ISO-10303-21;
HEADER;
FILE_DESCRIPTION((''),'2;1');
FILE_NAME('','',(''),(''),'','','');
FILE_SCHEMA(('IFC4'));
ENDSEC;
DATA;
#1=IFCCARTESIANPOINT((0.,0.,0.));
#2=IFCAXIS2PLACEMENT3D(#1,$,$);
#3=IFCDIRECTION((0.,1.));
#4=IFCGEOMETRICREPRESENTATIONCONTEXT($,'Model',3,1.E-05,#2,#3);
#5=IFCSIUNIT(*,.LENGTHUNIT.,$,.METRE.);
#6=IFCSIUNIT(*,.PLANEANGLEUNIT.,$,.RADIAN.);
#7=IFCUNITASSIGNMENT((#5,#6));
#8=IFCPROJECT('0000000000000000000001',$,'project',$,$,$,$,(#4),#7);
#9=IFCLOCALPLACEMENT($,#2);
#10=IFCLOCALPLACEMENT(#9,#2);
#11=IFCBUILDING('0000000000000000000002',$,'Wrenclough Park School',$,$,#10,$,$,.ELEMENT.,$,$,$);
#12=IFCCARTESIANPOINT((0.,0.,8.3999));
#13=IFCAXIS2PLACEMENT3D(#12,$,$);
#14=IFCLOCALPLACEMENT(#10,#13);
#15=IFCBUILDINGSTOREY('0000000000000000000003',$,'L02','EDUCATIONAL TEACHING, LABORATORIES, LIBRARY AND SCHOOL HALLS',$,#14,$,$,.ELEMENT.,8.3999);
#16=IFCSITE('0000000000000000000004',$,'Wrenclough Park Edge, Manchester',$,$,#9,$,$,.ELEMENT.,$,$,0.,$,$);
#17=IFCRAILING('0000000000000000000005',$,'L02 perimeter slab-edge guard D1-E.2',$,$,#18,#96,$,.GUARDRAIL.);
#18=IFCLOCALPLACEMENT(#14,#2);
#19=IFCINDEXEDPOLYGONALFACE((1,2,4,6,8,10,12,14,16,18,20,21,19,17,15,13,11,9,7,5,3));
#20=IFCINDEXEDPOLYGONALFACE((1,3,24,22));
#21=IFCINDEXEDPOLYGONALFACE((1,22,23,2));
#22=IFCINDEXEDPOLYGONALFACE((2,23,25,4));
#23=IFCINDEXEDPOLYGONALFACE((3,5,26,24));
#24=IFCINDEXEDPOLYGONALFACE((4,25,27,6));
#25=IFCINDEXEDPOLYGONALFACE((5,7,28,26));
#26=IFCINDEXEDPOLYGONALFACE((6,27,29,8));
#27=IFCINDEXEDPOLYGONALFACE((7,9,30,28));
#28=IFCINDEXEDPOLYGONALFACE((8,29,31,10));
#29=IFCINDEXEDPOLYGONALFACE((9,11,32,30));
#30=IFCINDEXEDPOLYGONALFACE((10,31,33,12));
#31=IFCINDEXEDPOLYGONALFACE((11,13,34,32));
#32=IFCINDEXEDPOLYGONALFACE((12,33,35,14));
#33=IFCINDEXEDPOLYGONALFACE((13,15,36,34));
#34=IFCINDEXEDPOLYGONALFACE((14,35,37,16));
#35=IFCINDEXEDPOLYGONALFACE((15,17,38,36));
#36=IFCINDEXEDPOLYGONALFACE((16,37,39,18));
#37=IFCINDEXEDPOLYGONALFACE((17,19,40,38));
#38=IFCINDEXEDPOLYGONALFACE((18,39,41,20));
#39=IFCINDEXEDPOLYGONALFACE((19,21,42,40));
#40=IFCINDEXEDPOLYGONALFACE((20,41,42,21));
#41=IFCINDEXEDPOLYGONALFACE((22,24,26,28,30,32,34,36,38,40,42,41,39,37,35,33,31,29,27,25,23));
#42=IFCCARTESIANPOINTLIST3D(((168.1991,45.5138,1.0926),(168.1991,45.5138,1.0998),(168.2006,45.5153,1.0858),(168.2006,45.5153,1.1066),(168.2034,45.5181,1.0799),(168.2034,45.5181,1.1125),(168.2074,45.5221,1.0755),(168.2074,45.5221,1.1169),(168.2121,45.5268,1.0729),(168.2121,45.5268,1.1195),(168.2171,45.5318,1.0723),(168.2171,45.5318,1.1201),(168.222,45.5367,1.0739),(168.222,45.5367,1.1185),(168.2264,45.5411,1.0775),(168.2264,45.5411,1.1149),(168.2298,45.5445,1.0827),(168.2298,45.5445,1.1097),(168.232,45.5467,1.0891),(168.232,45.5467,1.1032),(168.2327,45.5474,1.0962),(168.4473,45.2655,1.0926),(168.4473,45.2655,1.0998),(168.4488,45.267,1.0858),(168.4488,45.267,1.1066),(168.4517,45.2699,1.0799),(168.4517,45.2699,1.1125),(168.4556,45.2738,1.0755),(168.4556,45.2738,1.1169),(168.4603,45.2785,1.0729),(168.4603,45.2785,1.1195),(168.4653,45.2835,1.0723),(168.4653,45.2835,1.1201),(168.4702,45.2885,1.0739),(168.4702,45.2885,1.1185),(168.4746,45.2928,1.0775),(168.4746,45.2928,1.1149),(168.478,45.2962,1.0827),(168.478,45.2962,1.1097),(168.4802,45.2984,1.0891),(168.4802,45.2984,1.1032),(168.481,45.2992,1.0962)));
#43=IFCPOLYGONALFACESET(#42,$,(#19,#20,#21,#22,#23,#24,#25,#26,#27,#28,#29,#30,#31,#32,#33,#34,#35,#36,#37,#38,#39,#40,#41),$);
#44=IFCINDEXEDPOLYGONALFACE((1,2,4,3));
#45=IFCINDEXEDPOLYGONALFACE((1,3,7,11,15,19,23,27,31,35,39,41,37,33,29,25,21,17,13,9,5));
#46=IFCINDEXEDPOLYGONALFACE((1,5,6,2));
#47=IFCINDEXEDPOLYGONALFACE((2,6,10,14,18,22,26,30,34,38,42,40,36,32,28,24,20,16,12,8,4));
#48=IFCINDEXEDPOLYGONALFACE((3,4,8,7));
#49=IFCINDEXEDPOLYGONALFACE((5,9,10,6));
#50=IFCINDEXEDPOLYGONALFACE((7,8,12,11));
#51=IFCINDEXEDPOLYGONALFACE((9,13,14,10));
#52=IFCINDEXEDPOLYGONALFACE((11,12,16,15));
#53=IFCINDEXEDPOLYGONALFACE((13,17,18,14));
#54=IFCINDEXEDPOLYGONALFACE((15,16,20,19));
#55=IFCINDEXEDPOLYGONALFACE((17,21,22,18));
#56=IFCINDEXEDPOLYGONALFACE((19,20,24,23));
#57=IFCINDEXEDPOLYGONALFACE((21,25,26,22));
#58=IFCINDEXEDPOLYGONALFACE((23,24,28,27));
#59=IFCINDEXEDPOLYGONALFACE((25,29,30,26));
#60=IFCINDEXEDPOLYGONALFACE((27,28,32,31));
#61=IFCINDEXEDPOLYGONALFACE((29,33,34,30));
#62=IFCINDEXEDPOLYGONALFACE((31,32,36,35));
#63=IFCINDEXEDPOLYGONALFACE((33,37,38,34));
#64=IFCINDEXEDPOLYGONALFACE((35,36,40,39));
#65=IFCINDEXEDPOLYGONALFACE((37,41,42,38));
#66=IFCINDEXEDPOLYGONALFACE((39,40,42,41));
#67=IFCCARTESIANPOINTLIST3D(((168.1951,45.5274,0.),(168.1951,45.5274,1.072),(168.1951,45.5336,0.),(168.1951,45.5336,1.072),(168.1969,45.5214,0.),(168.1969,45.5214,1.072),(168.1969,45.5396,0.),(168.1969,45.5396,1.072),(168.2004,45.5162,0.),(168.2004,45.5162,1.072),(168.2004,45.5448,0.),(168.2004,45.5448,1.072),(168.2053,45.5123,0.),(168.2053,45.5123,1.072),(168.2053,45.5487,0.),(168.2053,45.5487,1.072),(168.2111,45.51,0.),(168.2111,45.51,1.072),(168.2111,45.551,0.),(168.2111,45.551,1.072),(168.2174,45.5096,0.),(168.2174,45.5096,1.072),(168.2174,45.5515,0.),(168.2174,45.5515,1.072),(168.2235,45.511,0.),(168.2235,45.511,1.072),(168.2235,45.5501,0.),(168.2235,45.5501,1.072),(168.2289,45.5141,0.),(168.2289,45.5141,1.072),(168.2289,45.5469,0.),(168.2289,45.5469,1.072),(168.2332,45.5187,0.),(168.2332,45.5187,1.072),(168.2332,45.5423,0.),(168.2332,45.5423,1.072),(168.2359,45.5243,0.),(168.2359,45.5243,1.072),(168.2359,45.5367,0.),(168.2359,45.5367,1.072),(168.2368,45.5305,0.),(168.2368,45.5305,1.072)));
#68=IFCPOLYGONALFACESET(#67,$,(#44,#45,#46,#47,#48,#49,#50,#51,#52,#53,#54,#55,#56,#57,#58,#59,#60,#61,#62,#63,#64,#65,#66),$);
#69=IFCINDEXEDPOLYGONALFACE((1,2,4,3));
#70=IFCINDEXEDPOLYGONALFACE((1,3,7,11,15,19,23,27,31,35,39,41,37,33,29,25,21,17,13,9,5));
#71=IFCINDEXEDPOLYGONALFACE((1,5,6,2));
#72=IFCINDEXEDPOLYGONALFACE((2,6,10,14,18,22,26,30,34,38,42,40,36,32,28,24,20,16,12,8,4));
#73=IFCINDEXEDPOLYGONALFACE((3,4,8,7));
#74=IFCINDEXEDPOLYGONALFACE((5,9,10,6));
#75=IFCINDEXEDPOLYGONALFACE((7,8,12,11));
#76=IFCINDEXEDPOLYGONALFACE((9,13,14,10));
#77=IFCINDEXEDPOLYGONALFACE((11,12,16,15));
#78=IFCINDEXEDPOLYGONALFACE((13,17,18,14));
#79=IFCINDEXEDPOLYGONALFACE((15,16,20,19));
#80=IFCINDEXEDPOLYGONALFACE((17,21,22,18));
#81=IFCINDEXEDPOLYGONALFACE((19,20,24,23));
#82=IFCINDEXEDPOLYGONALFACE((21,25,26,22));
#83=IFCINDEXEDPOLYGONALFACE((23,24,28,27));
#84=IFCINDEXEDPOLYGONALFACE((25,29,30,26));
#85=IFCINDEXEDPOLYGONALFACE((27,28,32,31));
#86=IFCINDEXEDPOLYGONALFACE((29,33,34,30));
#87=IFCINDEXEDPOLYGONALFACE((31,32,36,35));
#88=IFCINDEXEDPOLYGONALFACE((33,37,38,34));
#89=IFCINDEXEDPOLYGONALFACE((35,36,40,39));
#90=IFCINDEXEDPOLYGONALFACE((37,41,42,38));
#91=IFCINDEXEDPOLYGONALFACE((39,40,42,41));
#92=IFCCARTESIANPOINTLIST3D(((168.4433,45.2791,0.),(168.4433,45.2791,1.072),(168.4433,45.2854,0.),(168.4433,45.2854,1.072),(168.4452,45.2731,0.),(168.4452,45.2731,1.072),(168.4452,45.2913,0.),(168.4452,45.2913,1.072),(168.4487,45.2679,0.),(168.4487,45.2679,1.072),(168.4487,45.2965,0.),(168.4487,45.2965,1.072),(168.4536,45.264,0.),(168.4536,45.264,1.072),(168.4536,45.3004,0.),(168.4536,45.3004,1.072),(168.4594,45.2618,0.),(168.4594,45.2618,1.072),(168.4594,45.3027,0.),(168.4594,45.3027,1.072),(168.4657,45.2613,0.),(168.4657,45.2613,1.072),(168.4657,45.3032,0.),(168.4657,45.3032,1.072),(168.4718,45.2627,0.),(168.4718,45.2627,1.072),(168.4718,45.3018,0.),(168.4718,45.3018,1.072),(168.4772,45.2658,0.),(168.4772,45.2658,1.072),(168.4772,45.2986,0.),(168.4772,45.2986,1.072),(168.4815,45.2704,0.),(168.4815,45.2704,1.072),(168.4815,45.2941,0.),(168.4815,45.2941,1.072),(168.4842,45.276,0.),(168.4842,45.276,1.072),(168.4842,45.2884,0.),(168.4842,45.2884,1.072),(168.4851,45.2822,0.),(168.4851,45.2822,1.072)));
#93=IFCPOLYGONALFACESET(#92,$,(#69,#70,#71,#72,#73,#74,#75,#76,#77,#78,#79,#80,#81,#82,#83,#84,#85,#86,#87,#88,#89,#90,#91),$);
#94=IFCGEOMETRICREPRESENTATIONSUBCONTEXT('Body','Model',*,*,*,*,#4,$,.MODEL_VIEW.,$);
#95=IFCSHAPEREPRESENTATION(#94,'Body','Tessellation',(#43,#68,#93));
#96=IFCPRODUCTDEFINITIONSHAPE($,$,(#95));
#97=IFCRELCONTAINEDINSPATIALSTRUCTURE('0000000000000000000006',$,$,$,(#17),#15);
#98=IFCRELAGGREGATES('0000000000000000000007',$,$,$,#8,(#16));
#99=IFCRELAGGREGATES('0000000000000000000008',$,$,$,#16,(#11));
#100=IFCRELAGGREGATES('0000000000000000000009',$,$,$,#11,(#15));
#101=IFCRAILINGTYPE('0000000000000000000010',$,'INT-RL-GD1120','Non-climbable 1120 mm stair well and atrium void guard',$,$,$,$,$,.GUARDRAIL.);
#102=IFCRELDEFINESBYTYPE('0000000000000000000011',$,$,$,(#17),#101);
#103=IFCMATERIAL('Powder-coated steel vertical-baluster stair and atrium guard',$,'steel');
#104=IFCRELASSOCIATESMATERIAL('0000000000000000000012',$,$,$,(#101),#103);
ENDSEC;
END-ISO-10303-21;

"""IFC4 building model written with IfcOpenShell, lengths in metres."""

from ifc_helpers import new_model, si_unit, direction, frame, origin, origin_2d, place, context, subcontext, project, spatial, circle, extrude, material, type_object, element, save


model = new_model("IFC4")

# Units and contexts
model_context = context("Model", 3, precision=1e-05, world=origin(), true_north=direction((0.0, 1.0)))
body_context = subcontext(model_context, "Body", "Model", "MODEL_VIEW")
ifc_project = project(units=[si_unit("LENGTHUNIT", "METRE"), si_unit("PLANEANGLEUNIT", "RADIAN")], contexts=[model_context])

# Site, building, storey
site_placement = place(None, origin())
site = spatial("IfcSite", under=ifc_project, at=site_placement, Name="Wrenclough Park Edge, Manchester", CompositionType="ELEMENT", RefElevation=0.0)
building_placement = place(site_placement, origin())
building = spatial("IfcBuilding", under=site, at=building_placement, Name="Wrenclough Park School", CompositionType="ELEMENT")
storey_placement = place(building_placement, frame((0.0, 0.0, 8.3999)))
storey = spatial("IfcBuildingStorey", under=building, at=storey_placement, Name="L02", Description="EDUCATIONAL TEACHING, LABORATORIES, LIBRARY AND SCHOOL HALLS", CompositionType="ELEMENT", Elevation=8.3999)

# Railing
ifc_material_1 = material(Name="Powder-coated steel vertical-baluster stair and atrium guard", Category="steel")
railing_type = type_object("IfcRailingType", Name="INT-RL-GD1120", Description="Non-climbable 1120 mm stair well and atrium void guard", PredefinedType="GUARDRAIL", material=ifc_material_1)
railing_1_placement = place(storey_placement, frame((168.2158, 45.5305, 0.0)))
element("IfcRailing", 1, at=railing_1_placement, inside=storey, type_object=railing_type, Name="L02 perimeter slab-edge guard D1-E.2", PredefinedType="GUARDRAIL", context=body_context, shape_type="SweptSolid", body=[
    extrude(circle(Radius=0.0239, at=origin_2d()), frame((0.0, 0.0, 1.0962), z_axis=(0.707107, -0.707107, 0.0), x_axis=(0.707107, 0.707107, 0.0)), (0.0, 0.0, 1.0), 0.3511),
    extrude(circle(Radius=0.021, at=origin_2d()), origin(), (0.0, 0.0, 1.0), 1.072),
    extrude(circle(Radius=0.021, at=origin_2d()), frame((0.2483, -0.2483, 0.0)), (0.0, 0.0, 1.0), 1.072),
])

save(model, "model.ifc")
